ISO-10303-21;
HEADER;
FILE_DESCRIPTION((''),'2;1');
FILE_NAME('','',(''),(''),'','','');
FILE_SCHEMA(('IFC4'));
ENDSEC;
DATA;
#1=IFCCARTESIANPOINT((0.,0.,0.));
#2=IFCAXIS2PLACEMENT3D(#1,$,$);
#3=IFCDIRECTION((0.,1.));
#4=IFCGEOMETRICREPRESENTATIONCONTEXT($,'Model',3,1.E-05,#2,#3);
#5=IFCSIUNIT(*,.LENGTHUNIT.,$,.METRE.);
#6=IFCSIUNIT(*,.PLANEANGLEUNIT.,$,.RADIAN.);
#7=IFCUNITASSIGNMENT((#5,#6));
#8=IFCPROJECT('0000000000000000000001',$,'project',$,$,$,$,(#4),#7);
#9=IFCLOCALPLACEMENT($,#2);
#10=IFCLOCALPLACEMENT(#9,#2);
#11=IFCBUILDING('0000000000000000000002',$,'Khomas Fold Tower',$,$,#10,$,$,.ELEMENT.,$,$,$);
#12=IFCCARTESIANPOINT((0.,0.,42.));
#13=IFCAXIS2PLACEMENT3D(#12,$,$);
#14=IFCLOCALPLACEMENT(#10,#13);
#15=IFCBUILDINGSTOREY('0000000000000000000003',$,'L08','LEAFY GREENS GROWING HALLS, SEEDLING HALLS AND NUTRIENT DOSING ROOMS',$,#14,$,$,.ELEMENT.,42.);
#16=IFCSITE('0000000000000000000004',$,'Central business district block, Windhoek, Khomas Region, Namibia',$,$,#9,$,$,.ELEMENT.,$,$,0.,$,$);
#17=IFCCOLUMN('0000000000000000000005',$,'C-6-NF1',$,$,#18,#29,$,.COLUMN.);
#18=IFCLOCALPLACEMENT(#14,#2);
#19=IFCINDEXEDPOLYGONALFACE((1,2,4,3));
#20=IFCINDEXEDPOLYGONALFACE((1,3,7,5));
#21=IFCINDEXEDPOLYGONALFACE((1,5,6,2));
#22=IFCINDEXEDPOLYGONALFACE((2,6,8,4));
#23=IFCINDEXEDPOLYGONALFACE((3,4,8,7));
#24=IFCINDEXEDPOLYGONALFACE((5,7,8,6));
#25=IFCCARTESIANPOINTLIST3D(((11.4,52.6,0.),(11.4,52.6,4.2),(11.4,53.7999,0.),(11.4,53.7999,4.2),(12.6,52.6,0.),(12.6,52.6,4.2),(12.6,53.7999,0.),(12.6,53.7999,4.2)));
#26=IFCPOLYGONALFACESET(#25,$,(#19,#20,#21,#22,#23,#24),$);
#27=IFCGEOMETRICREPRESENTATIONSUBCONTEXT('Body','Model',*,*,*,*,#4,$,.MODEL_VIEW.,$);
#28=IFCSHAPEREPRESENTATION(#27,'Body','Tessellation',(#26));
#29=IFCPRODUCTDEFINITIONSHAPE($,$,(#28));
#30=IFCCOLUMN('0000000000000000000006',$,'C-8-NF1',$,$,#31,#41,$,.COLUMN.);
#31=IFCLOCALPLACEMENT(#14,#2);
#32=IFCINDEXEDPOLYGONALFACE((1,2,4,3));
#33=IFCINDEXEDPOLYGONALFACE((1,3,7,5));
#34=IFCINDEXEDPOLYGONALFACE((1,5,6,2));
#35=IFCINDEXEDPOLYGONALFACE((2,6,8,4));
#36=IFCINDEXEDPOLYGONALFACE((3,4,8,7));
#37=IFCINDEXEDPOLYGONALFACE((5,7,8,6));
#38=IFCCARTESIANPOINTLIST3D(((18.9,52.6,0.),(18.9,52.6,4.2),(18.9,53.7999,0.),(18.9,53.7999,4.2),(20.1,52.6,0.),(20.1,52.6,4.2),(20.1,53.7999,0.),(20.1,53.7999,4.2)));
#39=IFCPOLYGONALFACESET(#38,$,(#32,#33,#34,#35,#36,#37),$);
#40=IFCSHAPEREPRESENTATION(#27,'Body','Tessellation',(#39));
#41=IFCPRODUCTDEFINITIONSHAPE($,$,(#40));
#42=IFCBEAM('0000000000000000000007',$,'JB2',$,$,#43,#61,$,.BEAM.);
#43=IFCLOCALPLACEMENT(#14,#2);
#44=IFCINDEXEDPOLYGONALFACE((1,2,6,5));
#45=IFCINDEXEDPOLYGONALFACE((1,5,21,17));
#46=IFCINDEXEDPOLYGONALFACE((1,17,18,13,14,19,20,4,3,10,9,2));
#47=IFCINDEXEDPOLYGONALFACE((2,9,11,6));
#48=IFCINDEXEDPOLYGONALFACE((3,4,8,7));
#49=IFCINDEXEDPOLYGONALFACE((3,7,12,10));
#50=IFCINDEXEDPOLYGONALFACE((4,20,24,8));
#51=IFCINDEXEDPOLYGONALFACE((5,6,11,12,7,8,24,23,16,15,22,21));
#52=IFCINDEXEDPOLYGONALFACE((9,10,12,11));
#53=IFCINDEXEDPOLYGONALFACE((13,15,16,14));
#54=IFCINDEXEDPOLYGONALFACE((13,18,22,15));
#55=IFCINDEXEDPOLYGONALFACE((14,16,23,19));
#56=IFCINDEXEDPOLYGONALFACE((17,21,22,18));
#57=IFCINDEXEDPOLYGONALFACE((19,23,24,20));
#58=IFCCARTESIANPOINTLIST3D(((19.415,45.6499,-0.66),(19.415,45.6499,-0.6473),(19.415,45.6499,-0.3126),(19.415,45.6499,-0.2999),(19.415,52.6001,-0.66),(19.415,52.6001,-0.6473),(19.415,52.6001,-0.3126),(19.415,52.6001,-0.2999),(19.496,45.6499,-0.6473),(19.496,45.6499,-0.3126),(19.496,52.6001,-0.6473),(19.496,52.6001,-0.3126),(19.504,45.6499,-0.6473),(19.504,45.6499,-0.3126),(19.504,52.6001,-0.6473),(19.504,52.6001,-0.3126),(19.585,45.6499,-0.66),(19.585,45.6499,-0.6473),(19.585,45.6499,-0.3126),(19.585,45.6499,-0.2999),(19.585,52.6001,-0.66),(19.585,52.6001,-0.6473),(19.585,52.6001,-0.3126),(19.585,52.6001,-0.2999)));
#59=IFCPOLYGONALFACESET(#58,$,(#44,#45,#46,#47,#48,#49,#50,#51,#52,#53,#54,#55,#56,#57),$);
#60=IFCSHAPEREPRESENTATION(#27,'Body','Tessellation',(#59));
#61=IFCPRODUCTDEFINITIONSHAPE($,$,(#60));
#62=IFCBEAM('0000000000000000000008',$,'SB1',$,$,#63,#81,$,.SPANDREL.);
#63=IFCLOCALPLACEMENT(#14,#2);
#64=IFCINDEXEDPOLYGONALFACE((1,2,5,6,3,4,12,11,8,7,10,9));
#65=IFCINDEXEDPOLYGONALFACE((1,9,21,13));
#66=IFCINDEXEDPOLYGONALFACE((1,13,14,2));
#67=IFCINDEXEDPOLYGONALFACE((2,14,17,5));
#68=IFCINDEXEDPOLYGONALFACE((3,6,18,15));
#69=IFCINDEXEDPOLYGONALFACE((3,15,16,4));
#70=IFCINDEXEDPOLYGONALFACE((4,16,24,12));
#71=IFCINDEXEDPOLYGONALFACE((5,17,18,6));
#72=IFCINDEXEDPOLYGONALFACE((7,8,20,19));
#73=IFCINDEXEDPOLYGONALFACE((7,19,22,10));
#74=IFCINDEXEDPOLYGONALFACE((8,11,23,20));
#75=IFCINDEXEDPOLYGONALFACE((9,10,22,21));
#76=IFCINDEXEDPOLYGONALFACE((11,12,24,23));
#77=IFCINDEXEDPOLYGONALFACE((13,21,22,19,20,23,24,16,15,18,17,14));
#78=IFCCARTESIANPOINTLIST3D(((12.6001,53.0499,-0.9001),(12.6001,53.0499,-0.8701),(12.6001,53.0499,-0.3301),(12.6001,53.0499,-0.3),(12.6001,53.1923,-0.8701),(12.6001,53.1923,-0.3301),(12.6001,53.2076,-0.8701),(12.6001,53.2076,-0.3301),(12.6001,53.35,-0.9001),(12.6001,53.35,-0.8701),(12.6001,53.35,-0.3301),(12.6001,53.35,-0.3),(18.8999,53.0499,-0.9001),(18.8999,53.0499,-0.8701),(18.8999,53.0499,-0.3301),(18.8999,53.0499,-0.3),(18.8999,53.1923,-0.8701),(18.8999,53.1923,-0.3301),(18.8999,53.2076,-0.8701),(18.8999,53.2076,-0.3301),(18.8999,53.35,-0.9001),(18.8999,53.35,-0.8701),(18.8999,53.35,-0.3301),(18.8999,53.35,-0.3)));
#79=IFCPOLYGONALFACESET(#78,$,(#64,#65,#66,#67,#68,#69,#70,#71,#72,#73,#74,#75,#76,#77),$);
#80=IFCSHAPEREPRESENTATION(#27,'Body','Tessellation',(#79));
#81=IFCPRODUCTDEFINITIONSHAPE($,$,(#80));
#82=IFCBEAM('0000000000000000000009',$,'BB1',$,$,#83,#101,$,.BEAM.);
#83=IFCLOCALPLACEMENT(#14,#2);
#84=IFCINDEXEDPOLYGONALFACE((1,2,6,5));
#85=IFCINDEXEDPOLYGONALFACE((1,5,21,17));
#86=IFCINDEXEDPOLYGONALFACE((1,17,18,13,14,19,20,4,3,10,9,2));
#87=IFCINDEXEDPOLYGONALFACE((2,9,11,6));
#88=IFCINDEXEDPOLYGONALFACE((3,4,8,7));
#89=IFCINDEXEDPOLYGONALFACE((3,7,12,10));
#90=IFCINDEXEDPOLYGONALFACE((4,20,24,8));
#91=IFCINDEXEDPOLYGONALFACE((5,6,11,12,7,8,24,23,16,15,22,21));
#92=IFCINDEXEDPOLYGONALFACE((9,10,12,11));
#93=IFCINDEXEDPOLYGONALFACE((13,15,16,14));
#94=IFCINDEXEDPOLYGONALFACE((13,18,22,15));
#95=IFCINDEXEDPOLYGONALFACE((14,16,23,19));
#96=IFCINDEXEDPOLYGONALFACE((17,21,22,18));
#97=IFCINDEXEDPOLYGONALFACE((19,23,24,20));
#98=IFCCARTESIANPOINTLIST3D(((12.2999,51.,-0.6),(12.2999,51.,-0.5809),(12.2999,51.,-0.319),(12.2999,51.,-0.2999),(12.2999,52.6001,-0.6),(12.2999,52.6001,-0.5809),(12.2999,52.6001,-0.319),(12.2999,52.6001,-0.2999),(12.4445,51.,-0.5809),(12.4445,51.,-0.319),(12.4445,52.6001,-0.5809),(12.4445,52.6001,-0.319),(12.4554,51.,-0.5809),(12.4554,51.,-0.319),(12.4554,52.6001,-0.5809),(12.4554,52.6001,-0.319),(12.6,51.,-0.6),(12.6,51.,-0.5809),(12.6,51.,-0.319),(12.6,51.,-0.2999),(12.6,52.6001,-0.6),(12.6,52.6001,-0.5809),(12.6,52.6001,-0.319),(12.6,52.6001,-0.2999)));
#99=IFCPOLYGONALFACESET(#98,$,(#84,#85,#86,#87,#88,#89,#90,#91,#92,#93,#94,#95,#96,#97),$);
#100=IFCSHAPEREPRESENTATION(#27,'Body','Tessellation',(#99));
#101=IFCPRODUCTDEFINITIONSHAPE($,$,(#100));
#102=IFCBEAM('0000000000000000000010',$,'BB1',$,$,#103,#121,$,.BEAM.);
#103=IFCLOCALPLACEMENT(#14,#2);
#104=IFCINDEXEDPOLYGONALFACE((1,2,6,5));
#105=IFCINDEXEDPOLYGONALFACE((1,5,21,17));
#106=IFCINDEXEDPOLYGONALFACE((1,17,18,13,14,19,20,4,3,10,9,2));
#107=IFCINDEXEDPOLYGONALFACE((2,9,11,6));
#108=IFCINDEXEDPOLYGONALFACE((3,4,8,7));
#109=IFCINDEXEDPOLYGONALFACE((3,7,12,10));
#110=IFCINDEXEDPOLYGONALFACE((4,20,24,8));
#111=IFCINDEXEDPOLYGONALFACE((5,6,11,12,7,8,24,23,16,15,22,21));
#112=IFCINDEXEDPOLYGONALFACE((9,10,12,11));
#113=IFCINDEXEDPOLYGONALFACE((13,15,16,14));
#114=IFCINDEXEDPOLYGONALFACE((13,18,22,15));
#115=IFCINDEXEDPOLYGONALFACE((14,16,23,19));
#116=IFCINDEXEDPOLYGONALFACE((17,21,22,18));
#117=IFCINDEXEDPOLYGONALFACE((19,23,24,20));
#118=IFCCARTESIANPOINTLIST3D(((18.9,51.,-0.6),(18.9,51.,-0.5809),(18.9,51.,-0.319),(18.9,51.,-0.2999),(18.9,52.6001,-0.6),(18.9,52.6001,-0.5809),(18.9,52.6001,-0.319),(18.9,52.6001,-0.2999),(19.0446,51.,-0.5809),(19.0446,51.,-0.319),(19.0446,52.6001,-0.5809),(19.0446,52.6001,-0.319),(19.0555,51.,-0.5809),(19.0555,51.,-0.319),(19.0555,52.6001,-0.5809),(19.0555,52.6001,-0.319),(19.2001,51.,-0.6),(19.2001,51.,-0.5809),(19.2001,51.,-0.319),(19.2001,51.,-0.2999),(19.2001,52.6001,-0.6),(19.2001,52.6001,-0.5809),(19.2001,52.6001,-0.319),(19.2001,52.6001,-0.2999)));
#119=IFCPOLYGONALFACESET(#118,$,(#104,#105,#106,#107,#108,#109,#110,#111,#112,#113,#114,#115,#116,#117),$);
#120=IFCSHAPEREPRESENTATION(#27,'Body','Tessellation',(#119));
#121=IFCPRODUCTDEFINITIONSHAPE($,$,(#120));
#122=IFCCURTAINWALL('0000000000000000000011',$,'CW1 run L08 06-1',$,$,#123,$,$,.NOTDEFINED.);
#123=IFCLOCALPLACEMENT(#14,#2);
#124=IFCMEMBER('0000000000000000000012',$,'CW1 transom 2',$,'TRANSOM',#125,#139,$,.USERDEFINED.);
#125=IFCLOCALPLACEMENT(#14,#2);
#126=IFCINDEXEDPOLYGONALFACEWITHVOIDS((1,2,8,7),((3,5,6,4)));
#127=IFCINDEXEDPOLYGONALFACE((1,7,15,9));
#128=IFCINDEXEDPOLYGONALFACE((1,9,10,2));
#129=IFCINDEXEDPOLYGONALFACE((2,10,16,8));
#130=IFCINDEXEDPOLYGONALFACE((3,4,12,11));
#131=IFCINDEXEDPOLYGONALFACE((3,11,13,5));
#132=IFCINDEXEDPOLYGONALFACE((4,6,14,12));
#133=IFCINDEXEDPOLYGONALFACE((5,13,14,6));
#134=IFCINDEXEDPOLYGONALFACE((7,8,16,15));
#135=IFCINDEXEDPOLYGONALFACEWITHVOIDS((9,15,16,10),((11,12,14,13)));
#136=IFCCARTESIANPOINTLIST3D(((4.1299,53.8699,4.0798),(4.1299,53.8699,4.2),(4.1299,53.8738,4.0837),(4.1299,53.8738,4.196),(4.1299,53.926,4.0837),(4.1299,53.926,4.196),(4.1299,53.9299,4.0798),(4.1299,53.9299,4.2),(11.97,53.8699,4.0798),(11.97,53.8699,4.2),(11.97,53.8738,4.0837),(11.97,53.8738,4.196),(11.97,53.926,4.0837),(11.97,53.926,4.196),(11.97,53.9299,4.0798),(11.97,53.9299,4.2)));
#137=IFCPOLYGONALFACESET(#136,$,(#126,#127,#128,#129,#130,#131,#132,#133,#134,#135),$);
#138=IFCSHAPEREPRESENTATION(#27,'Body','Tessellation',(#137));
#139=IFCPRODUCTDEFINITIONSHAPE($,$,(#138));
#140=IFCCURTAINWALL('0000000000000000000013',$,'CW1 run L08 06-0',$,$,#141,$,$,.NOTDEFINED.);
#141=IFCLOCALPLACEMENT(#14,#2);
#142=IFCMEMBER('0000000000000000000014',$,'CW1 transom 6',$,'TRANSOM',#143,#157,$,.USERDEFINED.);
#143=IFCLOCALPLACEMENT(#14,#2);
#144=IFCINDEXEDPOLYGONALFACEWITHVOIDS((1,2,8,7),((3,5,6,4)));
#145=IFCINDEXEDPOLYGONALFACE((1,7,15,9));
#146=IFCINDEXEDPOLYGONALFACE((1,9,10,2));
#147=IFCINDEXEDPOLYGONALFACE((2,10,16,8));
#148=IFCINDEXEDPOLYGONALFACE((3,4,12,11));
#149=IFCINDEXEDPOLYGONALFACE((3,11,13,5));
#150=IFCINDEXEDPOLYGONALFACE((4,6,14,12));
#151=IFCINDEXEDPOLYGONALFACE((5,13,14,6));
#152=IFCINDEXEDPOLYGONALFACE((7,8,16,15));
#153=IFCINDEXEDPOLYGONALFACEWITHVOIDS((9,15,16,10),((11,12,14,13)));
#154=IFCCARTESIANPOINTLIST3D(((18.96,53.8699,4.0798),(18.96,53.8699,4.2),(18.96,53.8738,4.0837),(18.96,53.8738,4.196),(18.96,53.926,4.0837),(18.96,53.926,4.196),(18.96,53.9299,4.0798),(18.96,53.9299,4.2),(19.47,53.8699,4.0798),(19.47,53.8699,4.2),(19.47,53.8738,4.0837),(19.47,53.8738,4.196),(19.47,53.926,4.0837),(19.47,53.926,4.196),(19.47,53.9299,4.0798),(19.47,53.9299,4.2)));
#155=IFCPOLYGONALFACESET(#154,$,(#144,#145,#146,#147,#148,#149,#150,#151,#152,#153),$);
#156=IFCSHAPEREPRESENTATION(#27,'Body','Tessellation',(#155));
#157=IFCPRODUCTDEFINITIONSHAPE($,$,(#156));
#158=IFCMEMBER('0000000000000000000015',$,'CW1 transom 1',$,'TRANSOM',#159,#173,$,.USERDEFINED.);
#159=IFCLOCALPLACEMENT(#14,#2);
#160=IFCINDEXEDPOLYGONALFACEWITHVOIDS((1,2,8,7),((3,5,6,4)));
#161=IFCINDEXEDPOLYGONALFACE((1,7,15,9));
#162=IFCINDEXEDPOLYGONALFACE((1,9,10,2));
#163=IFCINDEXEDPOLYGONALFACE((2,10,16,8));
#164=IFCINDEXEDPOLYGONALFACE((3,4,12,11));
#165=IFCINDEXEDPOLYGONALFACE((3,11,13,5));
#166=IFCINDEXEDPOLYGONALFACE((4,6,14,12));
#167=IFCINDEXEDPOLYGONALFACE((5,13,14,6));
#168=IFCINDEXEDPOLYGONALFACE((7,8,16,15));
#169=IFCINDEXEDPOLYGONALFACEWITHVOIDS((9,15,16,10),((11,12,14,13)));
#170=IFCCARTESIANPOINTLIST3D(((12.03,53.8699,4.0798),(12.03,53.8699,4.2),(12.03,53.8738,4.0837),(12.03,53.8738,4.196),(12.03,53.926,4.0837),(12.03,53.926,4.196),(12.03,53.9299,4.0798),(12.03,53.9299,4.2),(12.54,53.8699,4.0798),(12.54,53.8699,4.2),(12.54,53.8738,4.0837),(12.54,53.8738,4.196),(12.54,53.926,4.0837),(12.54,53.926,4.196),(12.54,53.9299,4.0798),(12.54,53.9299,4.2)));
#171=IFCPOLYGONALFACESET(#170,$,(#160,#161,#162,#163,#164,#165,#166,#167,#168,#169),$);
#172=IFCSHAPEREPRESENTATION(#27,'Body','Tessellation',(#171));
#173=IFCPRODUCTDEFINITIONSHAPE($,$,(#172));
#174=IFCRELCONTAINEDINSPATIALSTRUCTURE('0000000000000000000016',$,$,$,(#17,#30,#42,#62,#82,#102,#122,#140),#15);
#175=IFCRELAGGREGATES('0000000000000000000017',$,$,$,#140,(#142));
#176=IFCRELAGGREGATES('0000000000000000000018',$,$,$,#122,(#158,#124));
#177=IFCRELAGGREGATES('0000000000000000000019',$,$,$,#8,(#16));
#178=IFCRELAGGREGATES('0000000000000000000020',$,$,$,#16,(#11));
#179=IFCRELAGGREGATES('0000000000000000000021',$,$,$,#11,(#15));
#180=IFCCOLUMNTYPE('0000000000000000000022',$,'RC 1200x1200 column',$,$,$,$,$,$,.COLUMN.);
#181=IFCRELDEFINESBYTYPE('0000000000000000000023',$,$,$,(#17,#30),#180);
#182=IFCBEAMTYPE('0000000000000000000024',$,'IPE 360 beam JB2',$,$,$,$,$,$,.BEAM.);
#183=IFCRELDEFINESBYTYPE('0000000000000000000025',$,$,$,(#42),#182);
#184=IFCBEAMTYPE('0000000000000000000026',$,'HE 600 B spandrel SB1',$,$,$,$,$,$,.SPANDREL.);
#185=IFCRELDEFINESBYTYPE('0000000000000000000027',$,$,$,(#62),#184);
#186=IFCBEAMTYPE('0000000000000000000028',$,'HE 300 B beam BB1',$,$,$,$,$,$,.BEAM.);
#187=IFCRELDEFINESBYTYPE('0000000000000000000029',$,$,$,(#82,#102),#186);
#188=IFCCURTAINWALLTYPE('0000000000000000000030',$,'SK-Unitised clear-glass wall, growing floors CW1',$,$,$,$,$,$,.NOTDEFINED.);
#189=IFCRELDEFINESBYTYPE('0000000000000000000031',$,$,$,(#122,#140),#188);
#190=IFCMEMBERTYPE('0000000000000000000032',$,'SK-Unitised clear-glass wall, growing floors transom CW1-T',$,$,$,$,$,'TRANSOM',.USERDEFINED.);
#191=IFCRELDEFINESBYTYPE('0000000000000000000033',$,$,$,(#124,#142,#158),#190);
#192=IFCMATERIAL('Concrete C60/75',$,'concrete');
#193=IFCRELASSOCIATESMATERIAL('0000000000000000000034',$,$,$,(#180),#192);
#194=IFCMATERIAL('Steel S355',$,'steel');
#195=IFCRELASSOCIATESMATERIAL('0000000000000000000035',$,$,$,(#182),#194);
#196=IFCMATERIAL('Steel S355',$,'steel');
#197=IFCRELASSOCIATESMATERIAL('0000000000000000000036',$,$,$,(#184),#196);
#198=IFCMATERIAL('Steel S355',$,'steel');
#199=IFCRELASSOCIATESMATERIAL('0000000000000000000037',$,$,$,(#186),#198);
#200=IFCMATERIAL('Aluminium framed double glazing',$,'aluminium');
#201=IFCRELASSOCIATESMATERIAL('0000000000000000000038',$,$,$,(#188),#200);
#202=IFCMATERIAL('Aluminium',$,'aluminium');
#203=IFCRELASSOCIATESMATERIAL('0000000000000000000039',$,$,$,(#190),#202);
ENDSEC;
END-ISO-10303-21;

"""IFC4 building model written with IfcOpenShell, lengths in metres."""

from ifc_helpers import new_model, si_unit, direction, frame, origin, origin_2d, place, context, subcontext, project, spatial, rectangle, hollow_rectangle, i_section, extrude, source, transform, mapped, material, material_profile, profile_set, type_object, element, aggregate, save


model = new_model("IFC4")

# Units and contexts
model_context = context("Model", 3, precision=1e-05, world=origin(), true_north=direction((0.0, 1.0)))
body_context = subcontext(model_context, "Body", "Model", "MODEL_VIEW")
ifc_project = project(units=[si_unit("LENGTHUNIT", "METRE"), si_unit("PLANEANGLEUNIT", "RADIAN")], contexts=[model_context])

# Site, building, storey
site_placement = place(None, origin())
site = spatial("IfcSite", under=ifc_project, at=site_placement, Name="Central business district block, Windhoek, Khomas Region, Namibia", CompositionType="ELEMENT", RefElevation=0.0)
building_placement = place(site_placement, origin())
building = spatial("IfcBuilding", under=site, at=building_placement, Name="Khomas Fold Tower", CompositionType="ELEMENT")
storey_placement = place(building_placement, frame((0.0, 0.0, 42.0)))
storey = spatial("IfcBuildingStorey", under=building, at=storey_placement, Name="L08", Description="LEAFY GREENS GROWING HALLS, SEEDLING HALLS AND NUTRIENT DOSING ROOMS", CompositionType="ELEMENT", Elevation=42.0)

# Columns
ifc_material_1 = material(Name="Concrete C60/75", Category="concrete")
ifc_material_profile_1 = material_profile(ifc_material_1, rectangle(XDim=1.2, YDim=1.2, at=origin_2d()), Name="RC 1200x1200")
ifc_profile_set_1 = profile_set([ifc_material_profile_1], Name="Concrete C60/75")
column_type = type_object("IfcColumnType", Name="RC 1200x1200 column", PredefinedType="COLUMN", material=ifc_profile_set_1)
shared_shape_1 = source(origin(), body_context, "Body", "SweptSolid", [
    extrude(rectangle(XDim=1.2, YDim=1.2, at=origin_2d()), origin(), (0.0, 0.0, 1.0), 4.2),
])
for number, where, z_axis, x_axis, name in (
    (1, (12.0, 53.2, 0.0), (0.0, 0.0, 1.0), (1.0, 0.0, 0.0), "C-6-NF1"),
    (2, (19.5, 53.2, 0.0), (0.0, 0.0, 1.0), (1.0, 0.0, 0.0), "C-8-NF1"),
):
    element("IfcColumn", number, at=place(storey_placement, frame(where, z_axis=z_axis, x_axis=x_axis)), inside=storey, type_object=column_type, Name=name, PredefinedType="COLUMN", context=body_context, shape_type="MappedRepresentation", body=[
        mapped(shared_shape_1, transform((0.0, 0.0, 0.0))),
    ])

# Beams
ifc_material_2 = material(Name="Steel S355", Category="steel")
ifc_material_profile_2 = material_profile(ifc_material_2, i_section(OverallWidth=0.1699, OverallDepth=0.3601, WebThickness=0.0081, FlangeThickness=0.0127, at=origin_2d()), Name="IPE 360")
ifc_profile_set_2 = profile_set([ifc_material_profile_2], Name="Steel S355")
beam_type_1 = type_object("IfcBeamType", Name="IPE 360 beam JB2", PredefinedType="BEAM", material=ifc_profile_set_2)
shared_shape_2 = source(origin(), body_context, "Body", "SweptSolid", [
    extrude(i_section(OverallWidth=0.1699, OverallDepth=0.3601, WebThickness=0.0081, FlangeThickness=0.0127, at=origin_2d()), origin(), (0.0, 0.0, 1.0), 6.9502),
])
beam_1_placement = place(storey_placement, frame((19.5, 45.6499, -0.48), z_axis=(0.0, 1.0, 0.0), x_axis=(-1.0, 0.0, 0.0)))
element("IfcBeam", 3, at=beam_1_placement, inside=storey, type_object=beam_type_1, Name="JB2", PredefinedType="BEAM", context=body_context, shape_type="MappedRepresentation", body=[
    mapped(shared_shape_2, transform((0.0, 0.0, 0.0))),
])
ifc_material_3 = material(Name="Steel S355", Category="steel")
ifc_material_profile_3 = material_profile(ifc_material_3, i_section(OverallWidth=0.3, OverallDepth=0.6001, WebThickness=0.0154, FlangeThickness=0.03, at=origin_2d()), Name="HE 600 B")
ifc_profile_set_3 = profile_set([ifc_material_profile_3], Name="Steel S355")
beam_type_2 = type_object("IfcBeamType", Name="HE 600 B spandrel SB1", PredefinedType="SPANDREL", material=ifc_profile_set_3)
shared_shape_3 = source(origin(), body_context, "Body", "SweptSolid", [
    extrude(i_section(OverallWidth=0.3, OverallDepth=0.6001, WebThickness=0.0154, FlangeThickness=0.03, at=origin_2d()), origin(), (0.0, 0.0, 1.0), 6.2998),
])
beam_2_placement = place(storey_placement, frame((12.6001, 53.2, -0.6001), z_axis=(1.0, 0.0, 0.0), x_axis=(0.0, 1.0, 0.0)))
element("IfcBeam", 4, at=beam_2_placement, inside=storey, type_object=beam_type_2, Name="SB1", PredefinedType="SPANDREL", context=body_context, shape_type="MappedRepresentation", body=[
    mapped(shared_shape_3, transform((0.0, 0.0, 0.0))),
])
ifc_material_4 = material(Name="Steel S355", Category="steel")
ifc_material_profile_4 = material_profile(ifc_material_4, i_section(OverallWidth=0.3, OverallDepth=0.3, WebThickness=0.011, FlangeThickness=0.019, at=origin_2d()), Name="HE 300 B")
ifc_profile_set_4 = profile_set([ifc_material_profile_4], Name="Steel S355")
beam_type_3 = type_object("IfcBeamType", Name="HE 300 B beam BB1", PredefinedType="BEAM", material=ifc_profile_set_4)
shared_shape_4 = source(origin(), body_context, "Body", "SweptSolid", [
    extrude(i_section(OverallWidth=0.3, OverallDepth=0.3, WebThickness=0.011, FlangeThickness=0.019, at=origin_2d()), origin(), (0.0, 0.0, 1.0), 1.6001),
])
for number, where, z_axis, x_axis, name in (
    (5, (12.45, 51.0, -0.45), (0.0, 1.0, 0.0), (-1.0, 0.0, 0.0), "BB1"),
    (6, (19.05, 51.0, -0.45), (0.0, 1.0, 0.0), (-1.0, 0.0, 0.0), "BB1"),
):
    element("IfcBeam", number, at=place(storey_placement, frame(where, z_axis=z_axis, x_axis=x_axis)), inside=storey, type_object=beam_type_3, Name=name, PredefinedType="BEAM", context=body_context, shape_type="MappedRepresentation", body=[
        mapped(shared_shape_4, transform((0.0, 0.0, 0.0))),
    ])

# Curtain walls, members
ifc_material_5 = material(Name="Aluminium framed double glazing", Category="aluminium")
curtain_wall_type = type_object("IfcCurtainWallType", Name="SK-Unitised clear-glass wall, growing floors CW1", PredefinedType="NOTDEFINED", material=ifc_material_5)
curtain_wall_1_placement = place(storey_placement, origin())
curtain_wall_1 = element("IfcCurtainWall", 7, at=curtain_wall_1_placement, inside=storey, type_object=curtain_wall_type, Name="CW1 run L08 06-1", PredefinedType="NOTDEFINED")
ifc_material_6 = material(Name="Aluminium", Category="aluminium")
ifc_material_profile_5 = material_profile(ifc_material_6, hollow_rectangle(XDim=0.0601, YDim=0.1201, WallThickness=0.0039, at=origin_2d()), Name="SK-Unitised clear-glass wall, growing floors transom CW1-T")
ifc_profile_set_5 = profile_set([ifc_material_profile_5], Name="Aluminium")
member_type_1 = type_object("IfcMemberType", Name="SK-Unitised clear-glass wall, growing floors transom CW1-T", ElementType="TRANSOM", PredefinedType="USERDEFINED", material=ifc_profile_set_5)
shared_shape_5 = source(origin(), body_context, "Body", "SweptSolid", [
    extrude(hollow_rectangle(XDim=0.0601, YDim=0.1201, WallThickness=0.0039, at=origin_2d()), origin(), (0.0, 0.0, 1.0), 7.8401),
])
member_1_placement = place(storey_placement, frame((11.97, 53.8999, 4.1399), z_axis=(-1.0, 0.0, 0.0), x_axis=(0.0, -1.0, 0.0)))
member_1 = element("IfcMember", 8, at=member_1_placement, type_object=member_type_1, Name="CW1 transom 2", ObjectType="TRANSOM", PredefinedType="USERDEFINED", context=body_context, shape_type="MappedRepresentation", body=[
    mapped(shared_shape_5, transform((0.0, 0.0, 0.0))),
])
curtain_wall_2_placement = place(storey_placement, origin())
curtain_wall_2 = element("IfcCurtainWall", 9, at=curtain_wall_2_placement, inside=storey, type_object=curtain_wall_type, Name="CW1 run L08 06-0", PredefinedType="NOTDEFINED")
shared_shape_6 = source(origin(), body_context, "Body", "SweptSolid", [
    extrude(hollow_rectangle(XDim=0.0601, YDim=0.1201, WallThickness=0.0039, at=origin_2d()), origin(), (0.0, 0.0, 1.0), 0.51),
])
member_2_placement = place(storey_placement, frame((19.47, 53.8999, 4.1399), z_axis=(-1.0, 0.0, 0.0), x_axis=(0.0, -1.0, 0.0)))
member_2 = element("IfcMember", 10, at=member_2_placement, type_object=member_type_1, Name="CW1 transom 6", ObjectType="TRANSOM", PredefinedType="USERDEFINED", context=body_context, shape_type="MappedRepresentation", body=[
    mapped(shared_shape_6, transform((0.0, 0.0, 0.0))),
])

# Member
member_3_placement = place(storey_placement, frame((12.54, 53.8999, 4.1399), z_axis=(-1.0, 0.0, 0.0), x_axis=(0.0, -1.0, 0.0)))
member_3 = element("IfcMember", 11, at=member_3_placement, type_object=member_type_1, Name="CW1 transom 1", ObjectType="TRANSOM", PredefinedType="USERDEFINED", context=body_context, shape_type="MappedRepresentation", body=[
    mapped(shared_shape_6, transform((0.0, 0.0, 0.0))),
])

aggregate(curtain_wall_2, [member_2])
aggregate(curtain_wall_1, [member_3, member_1])

save(model, "model.ifc")
